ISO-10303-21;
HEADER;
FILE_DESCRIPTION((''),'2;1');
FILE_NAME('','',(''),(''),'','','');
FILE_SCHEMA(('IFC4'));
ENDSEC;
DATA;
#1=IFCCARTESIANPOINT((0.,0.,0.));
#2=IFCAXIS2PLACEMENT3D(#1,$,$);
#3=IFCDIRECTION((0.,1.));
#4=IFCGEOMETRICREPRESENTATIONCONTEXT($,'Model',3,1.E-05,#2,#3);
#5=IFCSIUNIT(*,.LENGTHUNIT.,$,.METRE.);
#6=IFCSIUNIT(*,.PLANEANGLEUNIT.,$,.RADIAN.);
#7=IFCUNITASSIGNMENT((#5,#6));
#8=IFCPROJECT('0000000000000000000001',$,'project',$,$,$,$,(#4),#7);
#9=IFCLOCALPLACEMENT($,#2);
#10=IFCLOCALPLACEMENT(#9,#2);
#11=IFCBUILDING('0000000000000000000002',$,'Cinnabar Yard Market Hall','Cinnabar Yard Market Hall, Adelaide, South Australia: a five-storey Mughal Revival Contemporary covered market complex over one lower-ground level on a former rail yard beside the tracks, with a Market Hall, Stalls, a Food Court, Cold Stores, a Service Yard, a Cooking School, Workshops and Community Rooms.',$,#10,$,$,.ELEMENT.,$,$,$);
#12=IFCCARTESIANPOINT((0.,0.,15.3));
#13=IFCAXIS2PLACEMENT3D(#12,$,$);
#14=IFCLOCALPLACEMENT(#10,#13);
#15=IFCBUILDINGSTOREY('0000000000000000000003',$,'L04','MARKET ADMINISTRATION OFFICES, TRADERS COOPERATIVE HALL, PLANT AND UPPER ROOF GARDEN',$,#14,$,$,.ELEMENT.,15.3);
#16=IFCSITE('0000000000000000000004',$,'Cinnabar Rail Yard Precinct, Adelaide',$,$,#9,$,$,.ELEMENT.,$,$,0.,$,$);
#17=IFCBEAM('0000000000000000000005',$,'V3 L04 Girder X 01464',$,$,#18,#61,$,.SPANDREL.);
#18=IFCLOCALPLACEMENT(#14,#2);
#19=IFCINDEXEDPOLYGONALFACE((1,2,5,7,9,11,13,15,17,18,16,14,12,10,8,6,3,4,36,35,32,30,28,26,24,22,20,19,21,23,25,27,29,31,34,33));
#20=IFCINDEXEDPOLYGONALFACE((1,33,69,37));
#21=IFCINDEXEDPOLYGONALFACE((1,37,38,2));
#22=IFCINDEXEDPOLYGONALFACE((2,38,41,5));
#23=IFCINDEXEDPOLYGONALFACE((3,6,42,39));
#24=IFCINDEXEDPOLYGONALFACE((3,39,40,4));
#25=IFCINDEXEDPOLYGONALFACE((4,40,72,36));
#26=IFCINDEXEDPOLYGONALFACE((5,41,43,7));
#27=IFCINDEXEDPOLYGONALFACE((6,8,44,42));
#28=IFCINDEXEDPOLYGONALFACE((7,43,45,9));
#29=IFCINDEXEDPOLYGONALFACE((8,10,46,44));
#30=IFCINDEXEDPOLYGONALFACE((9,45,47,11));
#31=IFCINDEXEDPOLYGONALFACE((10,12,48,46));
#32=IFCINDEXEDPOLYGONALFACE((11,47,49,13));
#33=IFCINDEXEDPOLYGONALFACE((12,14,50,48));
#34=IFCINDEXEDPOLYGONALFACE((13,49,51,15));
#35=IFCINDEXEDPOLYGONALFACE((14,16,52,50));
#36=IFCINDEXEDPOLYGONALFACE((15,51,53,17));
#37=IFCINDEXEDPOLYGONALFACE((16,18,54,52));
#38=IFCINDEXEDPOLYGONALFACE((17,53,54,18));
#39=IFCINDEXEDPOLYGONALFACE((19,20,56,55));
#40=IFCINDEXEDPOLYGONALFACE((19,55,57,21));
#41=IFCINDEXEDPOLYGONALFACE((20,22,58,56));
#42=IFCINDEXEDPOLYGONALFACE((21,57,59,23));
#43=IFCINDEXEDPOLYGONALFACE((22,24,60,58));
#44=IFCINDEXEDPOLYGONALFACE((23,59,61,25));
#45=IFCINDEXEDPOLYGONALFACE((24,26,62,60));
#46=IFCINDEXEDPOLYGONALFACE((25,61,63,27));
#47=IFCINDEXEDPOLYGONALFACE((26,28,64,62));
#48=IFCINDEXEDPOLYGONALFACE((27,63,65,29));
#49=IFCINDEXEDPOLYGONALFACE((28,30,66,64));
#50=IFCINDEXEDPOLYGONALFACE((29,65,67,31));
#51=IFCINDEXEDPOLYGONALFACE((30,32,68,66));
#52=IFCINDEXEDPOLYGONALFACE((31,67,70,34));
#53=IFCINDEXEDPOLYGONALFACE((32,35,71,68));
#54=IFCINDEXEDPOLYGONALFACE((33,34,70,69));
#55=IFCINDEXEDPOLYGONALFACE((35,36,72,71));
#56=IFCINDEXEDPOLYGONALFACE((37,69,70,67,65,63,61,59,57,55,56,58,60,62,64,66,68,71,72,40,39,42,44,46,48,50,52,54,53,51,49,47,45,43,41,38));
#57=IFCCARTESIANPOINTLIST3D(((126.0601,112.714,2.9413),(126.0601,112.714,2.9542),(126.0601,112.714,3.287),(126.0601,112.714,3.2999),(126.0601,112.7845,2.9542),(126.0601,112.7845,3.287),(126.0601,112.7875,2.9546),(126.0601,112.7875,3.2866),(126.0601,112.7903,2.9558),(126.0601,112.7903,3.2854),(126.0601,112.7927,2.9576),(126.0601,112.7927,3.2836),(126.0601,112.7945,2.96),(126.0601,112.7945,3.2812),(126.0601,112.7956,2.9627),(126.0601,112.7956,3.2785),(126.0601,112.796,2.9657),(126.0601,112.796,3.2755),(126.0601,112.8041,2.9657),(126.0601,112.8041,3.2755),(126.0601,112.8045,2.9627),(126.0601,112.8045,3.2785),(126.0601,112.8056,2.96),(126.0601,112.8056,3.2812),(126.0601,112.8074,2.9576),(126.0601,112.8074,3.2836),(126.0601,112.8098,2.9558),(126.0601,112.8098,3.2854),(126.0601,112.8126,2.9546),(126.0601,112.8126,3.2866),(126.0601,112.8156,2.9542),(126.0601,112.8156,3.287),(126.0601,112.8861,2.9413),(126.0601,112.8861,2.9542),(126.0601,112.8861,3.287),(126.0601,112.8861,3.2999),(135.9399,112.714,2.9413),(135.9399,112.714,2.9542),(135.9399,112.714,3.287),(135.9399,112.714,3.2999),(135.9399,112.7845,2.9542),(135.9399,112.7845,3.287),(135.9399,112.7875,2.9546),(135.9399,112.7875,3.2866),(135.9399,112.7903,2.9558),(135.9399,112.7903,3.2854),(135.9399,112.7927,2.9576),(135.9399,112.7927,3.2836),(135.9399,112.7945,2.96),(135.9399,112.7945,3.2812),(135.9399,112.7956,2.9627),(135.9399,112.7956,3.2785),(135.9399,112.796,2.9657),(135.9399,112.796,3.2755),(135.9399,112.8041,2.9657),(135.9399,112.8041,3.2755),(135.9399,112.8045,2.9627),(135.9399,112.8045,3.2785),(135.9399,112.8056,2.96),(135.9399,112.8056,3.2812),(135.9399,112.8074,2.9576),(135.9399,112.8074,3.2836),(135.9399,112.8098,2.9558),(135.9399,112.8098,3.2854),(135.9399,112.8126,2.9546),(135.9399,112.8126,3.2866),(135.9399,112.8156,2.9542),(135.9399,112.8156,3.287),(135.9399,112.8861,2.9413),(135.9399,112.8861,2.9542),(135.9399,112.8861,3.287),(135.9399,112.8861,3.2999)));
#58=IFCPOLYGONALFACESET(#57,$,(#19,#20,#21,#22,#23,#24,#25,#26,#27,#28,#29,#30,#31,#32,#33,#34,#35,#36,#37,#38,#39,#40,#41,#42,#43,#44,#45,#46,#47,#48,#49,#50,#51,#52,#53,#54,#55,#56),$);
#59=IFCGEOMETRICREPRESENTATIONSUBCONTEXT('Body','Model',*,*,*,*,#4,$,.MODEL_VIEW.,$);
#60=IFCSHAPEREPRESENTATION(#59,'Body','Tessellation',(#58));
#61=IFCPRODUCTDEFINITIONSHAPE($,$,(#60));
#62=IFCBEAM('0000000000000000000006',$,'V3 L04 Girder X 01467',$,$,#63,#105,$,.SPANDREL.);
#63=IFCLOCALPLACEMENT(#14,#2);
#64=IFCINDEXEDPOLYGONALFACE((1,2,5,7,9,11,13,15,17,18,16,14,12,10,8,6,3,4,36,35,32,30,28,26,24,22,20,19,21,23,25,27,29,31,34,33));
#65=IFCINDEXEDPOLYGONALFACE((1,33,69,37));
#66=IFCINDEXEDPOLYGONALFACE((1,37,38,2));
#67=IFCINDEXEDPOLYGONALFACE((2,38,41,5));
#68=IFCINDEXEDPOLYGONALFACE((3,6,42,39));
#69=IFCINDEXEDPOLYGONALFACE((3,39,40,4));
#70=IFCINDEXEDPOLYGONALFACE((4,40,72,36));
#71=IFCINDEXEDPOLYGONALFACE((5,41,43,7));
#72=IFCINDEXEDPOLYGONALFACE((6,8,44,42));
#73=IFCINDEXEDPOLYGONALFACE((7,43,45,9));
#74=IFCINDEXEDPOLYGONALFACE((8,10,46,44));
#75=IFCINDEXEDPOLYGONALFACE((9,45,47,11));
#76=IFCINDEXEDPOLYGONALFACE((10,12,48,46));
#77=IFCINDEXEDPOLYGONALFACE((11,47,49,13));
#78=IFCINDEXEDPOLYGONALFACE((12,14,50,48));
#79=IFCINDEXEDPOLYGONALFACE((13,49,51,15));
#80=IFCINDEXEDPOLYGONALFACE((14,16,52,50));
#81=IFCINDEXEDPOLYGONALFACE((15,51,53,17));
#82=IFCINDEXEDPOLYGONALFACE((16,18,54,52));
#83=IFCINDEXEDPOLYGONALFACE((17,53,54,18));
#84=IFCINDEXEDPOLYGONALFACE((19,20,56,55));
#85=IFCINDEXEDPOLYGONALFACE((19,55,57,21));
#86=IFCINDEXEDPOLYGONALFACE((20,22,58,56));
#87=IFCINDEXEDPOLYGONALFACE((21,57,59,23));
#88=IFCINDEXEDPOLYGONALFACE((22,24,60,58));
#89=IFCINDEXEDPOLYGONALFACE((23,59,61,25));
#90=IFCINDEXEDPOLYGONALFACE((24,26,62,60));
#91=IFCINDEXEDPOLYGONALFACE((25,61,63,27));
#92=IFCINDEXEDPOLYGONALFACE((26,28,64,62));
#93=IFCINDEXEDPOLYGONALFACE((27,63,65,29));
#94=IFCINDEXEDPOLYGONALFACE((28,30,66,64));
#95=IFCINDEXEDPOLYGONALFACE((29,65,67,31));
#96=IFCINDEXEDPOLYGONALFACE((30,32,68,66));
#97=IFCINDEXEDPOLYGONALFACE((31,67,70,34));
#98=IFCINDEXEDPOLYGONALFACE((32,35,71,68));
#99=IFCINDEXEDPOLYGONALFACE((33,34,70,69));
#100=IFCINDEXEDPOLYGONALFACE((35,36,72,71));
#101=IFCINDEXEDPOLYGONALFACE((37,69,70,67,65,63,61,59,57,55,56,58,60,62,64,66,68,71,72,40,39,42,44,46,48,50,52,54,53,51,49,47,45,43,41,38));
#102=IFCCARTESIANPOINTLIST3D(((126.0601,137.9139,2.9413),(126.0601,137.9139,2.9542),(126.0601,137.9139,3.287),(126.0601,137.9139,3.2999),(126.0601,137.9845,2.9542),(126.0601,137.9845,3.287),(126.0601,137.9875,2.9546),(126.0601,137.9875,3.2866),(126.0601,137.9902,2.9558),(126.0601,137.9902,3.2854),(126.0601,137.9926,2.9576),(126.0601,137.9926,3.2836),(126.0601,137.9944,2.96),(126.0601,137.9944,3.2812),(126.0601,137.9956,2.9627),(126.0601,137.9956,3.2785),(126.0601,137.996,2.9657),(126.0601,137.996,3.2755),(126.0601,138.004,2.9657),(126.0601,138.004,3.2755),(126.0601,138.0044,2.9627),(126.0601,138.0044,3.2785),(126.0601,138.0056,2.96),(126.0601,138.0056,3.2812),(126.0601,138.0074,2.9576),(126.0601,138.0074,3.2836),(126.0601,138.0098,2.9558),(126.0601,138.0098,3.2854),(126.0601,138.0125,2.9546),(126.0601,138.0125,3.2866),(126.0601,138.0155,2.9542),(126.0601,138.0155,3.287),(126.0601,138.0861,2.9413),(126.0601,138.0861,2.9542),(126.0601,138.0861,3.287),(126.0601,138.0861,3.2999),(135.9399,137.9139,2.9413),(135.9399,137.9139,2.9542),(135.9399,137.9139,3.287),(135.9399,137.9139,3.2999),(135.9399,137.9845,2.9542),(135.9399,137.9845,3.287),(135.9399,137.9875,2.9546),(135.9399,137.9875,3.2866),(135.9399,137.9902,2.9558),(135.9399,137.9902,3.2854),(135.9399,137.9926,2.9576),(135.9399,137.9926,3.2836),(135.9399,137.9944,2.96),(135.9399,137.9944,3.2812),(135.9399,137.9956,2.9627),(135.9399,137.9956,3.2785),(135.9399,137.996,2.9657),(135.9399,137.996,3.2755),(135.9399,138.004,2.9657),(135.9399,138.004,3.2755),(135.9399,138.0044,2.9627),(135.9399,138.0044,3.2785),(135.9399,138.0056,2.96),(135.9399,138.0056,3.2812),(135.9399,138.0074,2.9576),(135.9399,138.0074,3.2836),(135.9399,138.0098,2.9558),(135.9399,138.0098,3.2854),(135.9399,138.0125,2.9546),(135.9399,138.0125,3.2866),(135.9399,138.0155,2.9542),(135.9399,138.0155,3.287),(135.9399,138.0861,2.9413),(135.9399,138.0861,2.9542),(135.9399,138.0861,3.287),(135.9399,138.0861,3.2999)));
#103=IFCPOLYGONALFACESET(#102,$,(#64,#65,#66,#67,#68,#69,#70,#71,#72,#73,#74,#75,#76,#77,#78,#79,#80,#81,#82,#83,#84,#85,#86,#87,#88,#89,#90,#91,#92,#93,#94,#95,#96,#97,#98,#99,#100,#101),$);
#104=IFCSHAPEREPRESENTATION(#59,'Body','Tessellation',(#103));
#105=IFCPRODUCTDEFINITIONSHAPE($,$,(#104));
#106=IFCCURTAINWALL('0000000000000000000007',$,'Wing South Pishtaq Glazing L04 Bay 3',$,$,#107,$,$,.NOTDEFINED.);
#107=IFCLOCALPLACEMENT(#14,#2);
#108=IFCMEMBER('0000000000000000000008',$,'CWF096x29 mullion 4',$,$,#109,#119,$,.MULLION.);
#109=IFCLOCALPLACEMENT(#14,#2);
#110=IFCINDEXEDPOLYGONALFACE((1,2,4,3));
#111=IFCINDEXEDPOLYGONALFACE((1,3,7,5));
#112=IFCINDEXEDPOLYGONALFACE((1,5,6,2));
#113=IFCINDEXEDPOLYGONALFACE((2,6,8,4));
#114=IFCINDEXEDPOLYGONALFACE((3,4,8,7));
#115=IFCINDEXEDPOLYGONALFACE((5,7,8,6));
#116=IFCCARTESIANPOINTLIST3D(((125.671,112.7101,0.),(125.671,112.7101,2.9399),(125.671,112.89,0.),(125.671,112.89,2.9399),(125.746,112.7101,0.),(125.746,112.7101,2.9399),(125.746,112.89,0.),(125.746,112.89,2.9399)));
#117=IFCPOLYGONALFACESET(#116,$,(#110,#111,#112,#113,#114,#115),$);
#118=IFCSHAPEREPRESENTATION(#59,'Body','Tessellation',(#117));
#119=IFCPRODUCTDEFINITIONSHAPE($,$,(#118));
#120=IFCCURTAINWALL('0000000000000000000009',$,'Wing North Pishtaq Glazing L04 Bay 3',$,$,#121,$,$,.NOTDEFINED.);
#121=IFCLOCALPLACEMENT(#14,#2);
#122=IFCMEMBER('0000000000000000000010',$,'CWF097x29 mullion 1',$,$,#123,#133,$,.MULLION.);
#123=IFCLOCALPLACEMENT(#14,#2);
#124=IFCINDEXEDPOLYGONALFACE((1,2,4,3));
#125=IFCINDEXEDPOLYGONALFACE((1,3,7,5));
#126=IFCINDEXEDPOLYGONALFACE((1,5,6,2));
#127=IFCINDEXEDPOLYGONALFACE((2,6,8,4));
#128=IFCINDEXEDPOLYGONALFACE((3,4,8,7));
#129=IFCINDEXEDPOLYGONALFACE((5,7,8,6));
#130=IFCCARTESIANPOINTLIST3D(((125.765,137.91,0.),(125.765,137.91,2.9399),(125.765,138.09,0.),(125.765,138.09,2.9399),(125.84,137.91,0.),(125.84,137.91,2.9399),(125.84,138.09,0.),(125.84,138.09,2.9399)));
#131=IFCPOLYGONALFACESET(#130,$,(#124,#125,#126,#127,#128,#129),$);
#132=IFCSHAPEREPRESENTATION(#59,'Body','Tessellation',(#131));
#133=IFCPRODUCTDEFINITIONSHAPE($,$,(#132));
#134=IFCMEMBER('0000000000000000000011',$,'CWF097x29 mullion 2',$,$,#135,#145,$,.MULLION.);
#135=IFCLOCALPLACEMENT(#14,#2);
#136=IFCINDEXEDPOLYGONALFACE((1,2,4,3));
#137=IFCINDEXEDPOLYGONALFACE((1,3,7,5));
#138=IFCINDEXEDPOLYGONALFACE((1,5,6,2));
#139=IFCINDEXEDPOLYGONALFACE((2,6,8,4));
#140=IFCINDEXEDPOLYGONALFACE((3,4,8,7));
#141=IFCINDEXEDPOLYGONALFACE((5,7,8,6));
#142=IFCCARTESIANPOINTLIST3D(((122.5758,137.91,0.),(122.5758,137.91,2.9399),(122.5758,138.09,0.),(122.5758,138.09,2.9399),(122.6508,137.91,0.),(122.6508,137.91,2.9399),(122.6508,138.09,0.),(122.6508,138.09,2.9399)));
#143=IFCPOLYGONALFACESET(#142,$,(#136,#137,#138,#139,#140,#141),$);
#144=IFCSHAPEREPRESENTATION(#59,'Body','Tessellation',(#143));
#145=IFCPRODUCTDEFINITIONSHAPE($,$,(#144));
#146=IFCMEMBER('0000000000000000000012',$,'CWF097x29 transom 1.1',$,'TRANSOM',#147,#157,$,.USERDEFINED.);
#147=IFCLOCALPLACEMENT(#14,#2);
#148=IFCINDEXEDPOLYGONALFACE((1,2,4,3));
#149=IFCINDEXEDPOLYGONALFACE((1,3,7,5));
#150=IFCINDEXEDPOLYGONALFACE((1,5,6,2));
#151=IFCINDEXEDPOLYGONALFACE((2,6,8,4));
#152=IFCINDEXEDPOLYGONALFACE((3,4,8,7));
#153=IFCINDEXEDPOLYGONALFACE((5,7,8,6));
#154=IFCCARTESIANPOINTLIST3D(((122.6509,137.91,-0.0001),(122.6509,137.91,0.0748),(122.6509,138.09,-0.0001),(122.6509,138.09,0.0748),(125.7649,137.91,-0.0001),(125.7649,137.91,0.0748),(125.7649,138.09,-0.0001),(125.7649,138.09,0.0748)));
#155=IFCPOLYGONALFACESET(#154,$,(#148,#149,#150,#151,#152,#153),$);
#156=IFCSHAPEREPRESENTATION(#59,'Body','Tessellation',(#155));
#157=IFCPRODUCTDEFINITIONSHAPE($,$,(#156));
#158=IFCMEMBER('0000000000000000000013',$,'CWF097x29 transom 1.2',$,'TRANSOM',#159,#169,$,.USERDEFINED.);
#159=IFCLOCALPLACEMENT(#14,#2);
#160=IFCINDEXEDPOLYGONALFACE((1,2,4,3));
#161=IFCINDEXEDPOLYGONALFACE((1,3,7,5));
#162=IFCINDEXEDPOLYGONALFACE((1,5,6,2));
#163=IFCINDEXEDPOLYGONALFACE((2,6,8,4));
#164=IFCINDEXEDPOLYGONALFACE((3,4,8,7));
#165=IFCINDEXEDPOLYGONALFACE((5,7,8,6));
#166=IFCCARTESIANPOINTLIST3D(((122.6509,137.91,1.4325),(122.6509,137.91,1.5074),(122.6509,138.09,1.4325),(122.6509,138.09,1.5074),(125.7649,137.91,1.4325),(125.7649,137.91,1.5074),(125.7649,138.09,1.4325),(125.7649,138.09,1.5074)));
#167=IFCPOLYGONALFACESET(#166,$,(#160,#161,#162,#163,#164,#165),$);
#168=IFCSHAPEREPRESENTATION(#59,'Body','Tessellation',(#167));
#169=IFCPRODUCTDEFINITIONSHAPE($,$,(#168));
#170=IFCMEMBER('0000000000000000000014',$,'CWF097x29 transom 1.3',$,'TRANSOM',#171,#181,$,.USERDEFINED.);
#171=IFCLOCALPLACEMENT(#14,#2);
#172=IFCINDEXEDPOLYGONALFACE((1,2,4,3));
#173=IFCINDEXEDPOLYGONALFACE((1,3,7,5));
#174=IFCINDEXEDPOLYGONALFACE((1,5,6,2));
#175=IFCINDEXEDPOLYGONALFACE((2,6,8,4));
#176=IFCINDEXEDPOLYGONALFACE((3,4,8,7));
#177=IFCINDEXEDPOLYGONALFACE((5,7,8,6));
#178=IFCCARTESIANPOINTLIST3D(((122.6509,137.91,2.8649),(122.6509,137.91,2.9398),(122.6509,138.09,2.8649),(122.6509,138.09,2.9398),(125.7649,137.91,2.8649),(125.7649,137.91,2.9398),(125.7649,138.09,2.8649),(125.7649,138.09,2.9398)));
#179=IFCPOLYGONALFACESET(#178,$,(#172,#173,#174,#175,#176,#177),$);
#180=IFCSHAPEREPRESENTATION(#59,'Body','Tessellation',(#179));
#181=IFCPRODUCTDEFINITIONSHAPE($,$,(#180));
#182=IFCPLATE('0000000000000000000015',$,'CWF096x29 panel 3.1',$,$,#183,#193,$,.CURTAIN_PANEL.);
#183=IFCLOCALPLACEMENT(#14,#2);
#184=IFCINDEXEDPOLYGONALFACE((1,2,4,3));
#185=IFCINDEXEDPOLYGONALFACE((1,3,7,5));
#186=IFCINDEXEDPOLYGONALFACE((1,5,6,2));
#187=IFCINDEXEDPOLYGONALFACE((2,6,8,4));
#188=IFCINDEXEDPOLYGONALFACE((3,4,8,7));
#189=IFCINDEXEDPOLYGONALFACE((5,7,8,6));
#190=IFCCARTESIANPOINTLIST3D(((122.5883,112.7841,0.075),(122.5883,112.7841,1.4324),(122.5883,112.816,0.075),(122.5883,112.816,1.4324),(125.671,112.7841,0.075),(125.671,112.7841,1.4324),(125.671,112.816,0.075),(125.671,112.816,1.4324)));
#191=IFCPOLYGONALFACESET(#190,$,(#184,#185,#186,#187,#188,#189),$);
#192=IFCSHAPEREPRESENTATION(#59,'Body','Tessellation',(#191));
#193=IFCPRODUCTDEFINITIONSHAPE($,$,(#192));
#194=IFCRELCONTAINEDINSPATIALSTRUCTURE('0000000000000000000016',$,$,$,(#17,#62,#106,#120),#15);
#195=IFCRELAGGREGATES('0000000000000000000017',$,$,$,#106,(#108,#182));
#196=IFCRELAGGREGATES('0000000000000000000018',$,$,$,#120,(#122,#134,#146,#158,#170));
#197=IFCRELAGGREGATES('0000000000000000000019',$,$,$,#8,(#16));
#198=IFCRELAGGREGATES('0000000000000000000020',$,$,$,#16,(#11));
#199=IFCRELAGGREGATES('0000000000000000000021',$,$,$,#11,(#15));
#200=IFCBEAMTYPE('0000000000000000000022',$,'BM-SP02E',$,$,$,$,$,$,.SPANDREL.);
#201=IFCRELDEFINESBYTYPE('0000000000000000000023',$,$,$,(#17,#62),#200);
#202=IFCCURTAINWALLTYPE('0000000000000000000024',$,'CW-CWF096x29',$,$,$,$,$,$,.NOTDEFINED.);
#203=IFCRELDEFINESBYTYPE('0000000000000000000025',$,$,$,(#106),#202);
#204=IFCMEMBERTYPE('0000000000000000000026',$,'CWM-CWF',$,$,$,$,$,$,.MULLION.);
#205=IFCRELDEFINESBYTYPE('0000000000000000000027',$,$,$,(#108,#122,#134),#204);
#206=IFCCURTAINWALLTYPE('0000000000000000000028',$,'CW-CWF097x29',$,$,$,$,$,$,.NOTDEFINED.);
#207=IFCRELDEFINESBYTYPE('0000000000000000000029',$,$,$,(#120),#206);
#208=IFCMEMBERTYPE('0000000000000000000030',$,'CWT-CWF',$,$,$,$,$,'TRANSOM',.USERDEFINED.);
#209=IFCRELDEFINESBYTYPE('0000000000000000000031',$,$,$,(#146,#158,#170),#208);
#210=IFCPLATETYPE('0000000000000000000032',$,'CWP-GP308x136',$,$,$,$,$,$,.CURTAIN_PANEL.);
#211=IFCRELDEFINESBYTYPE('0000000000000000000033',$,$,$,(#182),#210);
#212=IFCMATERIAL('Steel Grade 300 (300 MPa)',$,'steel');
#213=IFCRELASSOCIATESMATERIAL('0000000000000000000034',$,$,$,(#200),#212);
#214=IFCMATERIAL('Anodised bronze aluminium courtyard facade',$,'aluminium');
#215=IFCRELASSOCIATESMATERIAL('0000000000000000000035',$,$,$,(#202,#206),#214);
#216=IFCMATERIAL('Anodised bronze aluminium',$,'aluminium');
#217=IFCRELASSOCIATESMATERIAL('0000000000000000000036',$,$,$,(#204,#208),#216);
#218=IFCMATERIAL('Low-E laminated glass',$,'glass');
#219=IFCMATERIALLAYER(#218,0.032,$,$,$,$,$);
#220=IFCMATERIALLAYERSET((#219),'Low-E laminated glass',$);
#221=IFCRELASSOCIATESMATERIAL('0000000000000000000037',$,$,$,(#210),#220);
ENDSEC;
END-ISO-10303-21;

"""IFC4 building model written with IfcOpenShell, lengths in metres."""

from ifc_helpers import new_model, si_unit, direction, frame, origin, origin_2d_with_axis, place, context, subcontext, project, spatial, rectangle, i_section, extrude, material, layer, layer_set, material_profile, profile_set, type_object, element, aggregate, save


model = new_model("IFC4")

# Units and contexts
model_context = context("Model", 3, precision=1e-05, world=origin(), true_north=direction((0.0, 1.0)))
body_context = subcontext(model_context, "Body", "Model", "MODEL_VIEW")
ifc_project = project(units=[si_unit("LENGTHUNIT", "METRE"), si_unit("PLANEANGLEUNIT", "RADIAN")], contexts=[model_context])

# Site, building, storey
site_placement = place(None, origin())
site = spatial("IfcSite", under=ifc_project, at=site_placement, Name="Cinnabar Rail Yard Precinct, Adelaide", CompositionType="ELEMENT", RefElevation=0.0)
building_placement = place(site_placement, origin())
building = spatial("IfcBuilding", under=site, at=building_placement, Name="Cinnabar Yard Market Hall", Description="Cinnabar Yard Market Hall, Adelaide, South Australia: a five-storey Mughal Revival Contemporary covered market complex over one lower-ground level on a former rail yard beside the tracks, with a Market Hall, Stalls, a Food Court, Cold Stores, a Service Yard, a Cooking School, Workshops and Community Rooms.", CompositionType="ELEMENT")
storey_placement = place(building_placement, frame((0.0, 0.0, 15.3)))
storey = spatial("IfcBuildingStorey", under=building, at=storey_placement, Name="L04", Description="MARKET ADMINISTRATION OFFICES, TRADERS COOPERATIVE HALL, PLANT AND UPPER ROOF GARDEN", CompositionType="ELEMENT", Elevation=15.3)

# Beams
ifc_material_1 = material(Name="Steel Grade 300 (300 MPa)", Category="steel")
ifc_material_profile_1 = material_profile(ifc_material_1, i_section(OverallWidth=0.1721, OverallDepth=0.3586, WebThickness=0.0081, FlangeThickness=0.0129, FilletRadius=0.0115, at=origin_2d_with_axis()), Name="360UB56.7")
ifc_profile_set_1 = profile_set([ifc_material_profile_1], Name="Steel Grade 300 (300 MPa)")
beam_type_1 = type_object("IfcBeamType", Name="BM-SP02E", PredefinedType="SPANDREL", material=ifc_profile_set_1)
for number, where, z_axis, x_axis, name in (
    (1, (126.0601, 112.8, 3.1206), (1.0, 0.0, 0.0), (0.0, 1.0, 0.0), "V3 L04 Girder X 01464"),
    (2, (126.0601, 138.0, 3.1206), (1.0, 0.0, 0.0), (0.0, 1.0, 0.0), "V3 L04 Girder X 01467"),
):
    element("IfcBeam", number, at=place(storey_placement, frame(where, z_axis=z_axis, x_axis=x_axis)), inside=storey, type_object=beam_type_1, Name=name, PredefinedType="SPANDREL", context=body_context, shape_type="SweptSolid", body=[
        extrude(i_section(OverallWidth=0.1721, OverallDepth=0.3586, WebThickness=0.0081, FlangeThickness=0.0129, FilletRadius=0.0115, at=origin_2d_with_axis()), origin(), (0.0, 0.0, 1.0), 9.8799),
    ])

# Curtain wall, member
ifc_material_2 = material(Name="Anodised bronze aluminium courtyard facade", Category="aluminium")
curtain_wall_type_1 = type_object("IfcCurtainWallType", Name="CW-CWF096x29", PredefinedType="NOTDEFINED", material=ifc_material_2)
curtain_wall_1_placement = place(storey_placement, origin())
curtain_wall_1 = element("IfcCurtainWall", 3, at=curtain_wall_1_placement, inside=storey, type_object=curtain_wall_type_1, Name="Wing South Pishtaq Glazing L04 Bay 3", PredefinedType="NOTDEFINED")
ifc_material_3 = material(Name="Anodised bronze aluminium", Category="aluminium")
ifc_material_profile_2 = material_profile(ifc_material_3, rectangle(XDim=0.1799, YDim=0.075, at=origin_2d_with_axis()), Name="MUL-CWF")
ifc_profile_set_2 = profile_set([ifc_material_profile_2], Name="Anodised bronze aluminium")
member_type_1 = type_object("IfcMemberType", Name="CWM-CWF", PredefinedType="MULLION", material=ifc_profile_set_2)
member_1_placement = place(storey_placement, frame((125.7085, 112.8, 0.0), z_axis=(0.0, 0.0, 1.0), x_axis=(0.0, 1.0, 0.0)))
member_1 = element("IfcMember", 4, at=member_1_placement, type_object=member_type_1, Name="CWF096x29 mullion 4", PredefinedType="MULLION", context=body_context, shape_type="SweptSolid", body=[
    extrude(rectangle(XDim=0.1799, YDim=0.075, at=origin_2d_with_axis()), origin(), (0.0, 0.0, 1.0), 2.9399),
])

# Curtain wall, members
curtain_wall_type_2 = type_object("IfcCurtainWallType", Name="CW-CWF097x29", PredefinedType="NOTDEFINED", material=ifc_material_2)
curtain_wall_2_placement = place(storey_placement, origin())
curtain_wall_2 = element("IfcCurtainWall", 5, at=curtain_wall_2_placement, inside=storey, type_object=curtain_wall_type_2, Name="Wing North Pishtaq Glazing L04 Bay 3", PredefinedType="NOTDEFINED")
member_2_placement = place(storey_placement, frame((125.8025, 138.0, 0.0), z_axis=(0.0, 0.0, 1.0), x_axis=(0.0, -1.0, 0.0)))
member_2 = element("IfcMember", 6, at=member_2_placement, type_object=member_type_1, Name="CWF097x29 mullion 1", PredefinedType="MULLION", context=body_context, shape_type="SweptSolid", body=[
    extrude(rectangle(XDim=0.1799, YDim=0.075, at=origin_2d_with_axis()), origin(), (0.0, 0.0, 1.0), 2.9399),
])
member_3_placement = place(storey_placement, frame((122.6133, 138.0, 0.0), z_axis=(0.0, 0.0, 1.0), x_axis=(0.0, -1.0, 0.0)))
member_3 = element("IfcMember", 7, at=member_3_placement, type_object=member_type_1, Name="CWF097x29 mullion 2", PredefinedType="MULLION", context=body_context, shape_type="SweptSolid", body=[
    extrude(rectangle(XDim=0.1799, YDim=0.075, at=origin_2d_with_axis()), origin(), (0.0, 0.0, 1.0), 2.9399),
])
ifc_material_profile_3 = material_profile(ifc_material_3, rectangle(XDim=0.1799, YDim=0.075, at=origin_2d_with_axis()), Name="TRN-CWF")
ifc_profile_set_3 = profile_set([ifc_material_profile_3], Name="Anodised bronze aluminium")
member_type_2 = type_object("IfcMemberType", Name="CWT-CWF", ElementType="TRANSOM", PredefinedType="USERDEFINED", material=ifc_profile_set_3)
member_4_placement = place(storey_placement, frame((125.7649, 138.0, 0.0374), z_axis=(-1.0, 0.0, 0.0), x_axis=(0.0, -1.0, 0.0)))
member_4 = element("IfcMember", 8, at=member_4_placement, type_object=member_type_2, Name="CWF097x29 transom 1.1", ObjectType="TRANSOM", PredefinedType="USERDEFINED", context=body_context, shape_type="SweptSolid", body=[
    extrude(rectangle(XDim=0.1799, YDim=0.075, at=origin_2d_with_axis()), origin(), (0.0, 0.0, 1.0), 3.114),
])
member_5_placement = place(storey_placement, frame((125.7649, 138.0, 1.47), z_axis=(-1.0, 0.0, 0.0), x_axis=(0.0, -1.0, 0.0)))
member_5 = element("IfcMember", 9, at=member_5_placement, type_object=member_type_2, Name="CWF097x29 transom 1.2", ObjectType="TRANSOM", PredefinedType="USERDEFINED", context=body_context, shape_type="SweptSolid", body=[
    extrude(rectangle(XDim=0.1799, YDim=0.075, at=origin_2d_with_axis()), origin(), (0.0, 0.0, 1.0), 3.114),
])
member_6_placement = place(storey_placement, frame((125.7649, 138.0, 2.9023), z_axis=(-1.0, 0.0, 0.0), x_axis=(0.0, -1.0, 0.0)))
member_6 = element("IfcMember", 10, at=member_6_placement, type_object=member_type_2, Name="CWF097x29 transom 1.3", ObjectType="TRANSOM", PredefinedType="USERDEFINED", context=body_context, shape_type="SweptSolid", body=[
    extrude(rectangle(XDim=0.1799, YDim=0.075, at=origin_2d_with_axis()), origin(), (0.0, 0.0, 1.0), 3.114),
])

# Plate
ifc_material_4 = material(Name="Low-E laminated glass", Category="glass")
ifc_layer_1 = layer(ifc_material_4, 0.032)
ifc_layer_set_1 = layer_set([ifc_layer_1], Name="Low-E laminated glass")
plate_type_1 = type_object("IfcPlateType", Name="CWP-GP308x136", PredefinedType="CURTAIN_PANEL", material=ifc_layer_set_1)
plate_1_placement = place(storey_placement, frame((124.1296, 112.8, 0.075), z_axis=(0.0, 0.0, 1.0), x_axis=(1.0, 0.0, 0.0)))
plate_1 = element("IfcPlate", 11, at=plate_1_placement, type_object=plate_type_1, Name="CWF096x29 panel 3.1", PredefinedType="CURTAIN_PANEL", context=body_context, shape_type="SweptSolid", body=[
    extrude(rectangle(XDim=3.0828, YDim=0.032, at=origin_2d_with_axis()), origin(), (0.0, 0.0, 1.0), 1.3574),
])
aggregate(curtain_wall_1, [member_1, plate_1])
aggregate(curtain_wall_2, [member_2, member_3, member_4, member_5, member_6])

save(model, "model.ifc")
